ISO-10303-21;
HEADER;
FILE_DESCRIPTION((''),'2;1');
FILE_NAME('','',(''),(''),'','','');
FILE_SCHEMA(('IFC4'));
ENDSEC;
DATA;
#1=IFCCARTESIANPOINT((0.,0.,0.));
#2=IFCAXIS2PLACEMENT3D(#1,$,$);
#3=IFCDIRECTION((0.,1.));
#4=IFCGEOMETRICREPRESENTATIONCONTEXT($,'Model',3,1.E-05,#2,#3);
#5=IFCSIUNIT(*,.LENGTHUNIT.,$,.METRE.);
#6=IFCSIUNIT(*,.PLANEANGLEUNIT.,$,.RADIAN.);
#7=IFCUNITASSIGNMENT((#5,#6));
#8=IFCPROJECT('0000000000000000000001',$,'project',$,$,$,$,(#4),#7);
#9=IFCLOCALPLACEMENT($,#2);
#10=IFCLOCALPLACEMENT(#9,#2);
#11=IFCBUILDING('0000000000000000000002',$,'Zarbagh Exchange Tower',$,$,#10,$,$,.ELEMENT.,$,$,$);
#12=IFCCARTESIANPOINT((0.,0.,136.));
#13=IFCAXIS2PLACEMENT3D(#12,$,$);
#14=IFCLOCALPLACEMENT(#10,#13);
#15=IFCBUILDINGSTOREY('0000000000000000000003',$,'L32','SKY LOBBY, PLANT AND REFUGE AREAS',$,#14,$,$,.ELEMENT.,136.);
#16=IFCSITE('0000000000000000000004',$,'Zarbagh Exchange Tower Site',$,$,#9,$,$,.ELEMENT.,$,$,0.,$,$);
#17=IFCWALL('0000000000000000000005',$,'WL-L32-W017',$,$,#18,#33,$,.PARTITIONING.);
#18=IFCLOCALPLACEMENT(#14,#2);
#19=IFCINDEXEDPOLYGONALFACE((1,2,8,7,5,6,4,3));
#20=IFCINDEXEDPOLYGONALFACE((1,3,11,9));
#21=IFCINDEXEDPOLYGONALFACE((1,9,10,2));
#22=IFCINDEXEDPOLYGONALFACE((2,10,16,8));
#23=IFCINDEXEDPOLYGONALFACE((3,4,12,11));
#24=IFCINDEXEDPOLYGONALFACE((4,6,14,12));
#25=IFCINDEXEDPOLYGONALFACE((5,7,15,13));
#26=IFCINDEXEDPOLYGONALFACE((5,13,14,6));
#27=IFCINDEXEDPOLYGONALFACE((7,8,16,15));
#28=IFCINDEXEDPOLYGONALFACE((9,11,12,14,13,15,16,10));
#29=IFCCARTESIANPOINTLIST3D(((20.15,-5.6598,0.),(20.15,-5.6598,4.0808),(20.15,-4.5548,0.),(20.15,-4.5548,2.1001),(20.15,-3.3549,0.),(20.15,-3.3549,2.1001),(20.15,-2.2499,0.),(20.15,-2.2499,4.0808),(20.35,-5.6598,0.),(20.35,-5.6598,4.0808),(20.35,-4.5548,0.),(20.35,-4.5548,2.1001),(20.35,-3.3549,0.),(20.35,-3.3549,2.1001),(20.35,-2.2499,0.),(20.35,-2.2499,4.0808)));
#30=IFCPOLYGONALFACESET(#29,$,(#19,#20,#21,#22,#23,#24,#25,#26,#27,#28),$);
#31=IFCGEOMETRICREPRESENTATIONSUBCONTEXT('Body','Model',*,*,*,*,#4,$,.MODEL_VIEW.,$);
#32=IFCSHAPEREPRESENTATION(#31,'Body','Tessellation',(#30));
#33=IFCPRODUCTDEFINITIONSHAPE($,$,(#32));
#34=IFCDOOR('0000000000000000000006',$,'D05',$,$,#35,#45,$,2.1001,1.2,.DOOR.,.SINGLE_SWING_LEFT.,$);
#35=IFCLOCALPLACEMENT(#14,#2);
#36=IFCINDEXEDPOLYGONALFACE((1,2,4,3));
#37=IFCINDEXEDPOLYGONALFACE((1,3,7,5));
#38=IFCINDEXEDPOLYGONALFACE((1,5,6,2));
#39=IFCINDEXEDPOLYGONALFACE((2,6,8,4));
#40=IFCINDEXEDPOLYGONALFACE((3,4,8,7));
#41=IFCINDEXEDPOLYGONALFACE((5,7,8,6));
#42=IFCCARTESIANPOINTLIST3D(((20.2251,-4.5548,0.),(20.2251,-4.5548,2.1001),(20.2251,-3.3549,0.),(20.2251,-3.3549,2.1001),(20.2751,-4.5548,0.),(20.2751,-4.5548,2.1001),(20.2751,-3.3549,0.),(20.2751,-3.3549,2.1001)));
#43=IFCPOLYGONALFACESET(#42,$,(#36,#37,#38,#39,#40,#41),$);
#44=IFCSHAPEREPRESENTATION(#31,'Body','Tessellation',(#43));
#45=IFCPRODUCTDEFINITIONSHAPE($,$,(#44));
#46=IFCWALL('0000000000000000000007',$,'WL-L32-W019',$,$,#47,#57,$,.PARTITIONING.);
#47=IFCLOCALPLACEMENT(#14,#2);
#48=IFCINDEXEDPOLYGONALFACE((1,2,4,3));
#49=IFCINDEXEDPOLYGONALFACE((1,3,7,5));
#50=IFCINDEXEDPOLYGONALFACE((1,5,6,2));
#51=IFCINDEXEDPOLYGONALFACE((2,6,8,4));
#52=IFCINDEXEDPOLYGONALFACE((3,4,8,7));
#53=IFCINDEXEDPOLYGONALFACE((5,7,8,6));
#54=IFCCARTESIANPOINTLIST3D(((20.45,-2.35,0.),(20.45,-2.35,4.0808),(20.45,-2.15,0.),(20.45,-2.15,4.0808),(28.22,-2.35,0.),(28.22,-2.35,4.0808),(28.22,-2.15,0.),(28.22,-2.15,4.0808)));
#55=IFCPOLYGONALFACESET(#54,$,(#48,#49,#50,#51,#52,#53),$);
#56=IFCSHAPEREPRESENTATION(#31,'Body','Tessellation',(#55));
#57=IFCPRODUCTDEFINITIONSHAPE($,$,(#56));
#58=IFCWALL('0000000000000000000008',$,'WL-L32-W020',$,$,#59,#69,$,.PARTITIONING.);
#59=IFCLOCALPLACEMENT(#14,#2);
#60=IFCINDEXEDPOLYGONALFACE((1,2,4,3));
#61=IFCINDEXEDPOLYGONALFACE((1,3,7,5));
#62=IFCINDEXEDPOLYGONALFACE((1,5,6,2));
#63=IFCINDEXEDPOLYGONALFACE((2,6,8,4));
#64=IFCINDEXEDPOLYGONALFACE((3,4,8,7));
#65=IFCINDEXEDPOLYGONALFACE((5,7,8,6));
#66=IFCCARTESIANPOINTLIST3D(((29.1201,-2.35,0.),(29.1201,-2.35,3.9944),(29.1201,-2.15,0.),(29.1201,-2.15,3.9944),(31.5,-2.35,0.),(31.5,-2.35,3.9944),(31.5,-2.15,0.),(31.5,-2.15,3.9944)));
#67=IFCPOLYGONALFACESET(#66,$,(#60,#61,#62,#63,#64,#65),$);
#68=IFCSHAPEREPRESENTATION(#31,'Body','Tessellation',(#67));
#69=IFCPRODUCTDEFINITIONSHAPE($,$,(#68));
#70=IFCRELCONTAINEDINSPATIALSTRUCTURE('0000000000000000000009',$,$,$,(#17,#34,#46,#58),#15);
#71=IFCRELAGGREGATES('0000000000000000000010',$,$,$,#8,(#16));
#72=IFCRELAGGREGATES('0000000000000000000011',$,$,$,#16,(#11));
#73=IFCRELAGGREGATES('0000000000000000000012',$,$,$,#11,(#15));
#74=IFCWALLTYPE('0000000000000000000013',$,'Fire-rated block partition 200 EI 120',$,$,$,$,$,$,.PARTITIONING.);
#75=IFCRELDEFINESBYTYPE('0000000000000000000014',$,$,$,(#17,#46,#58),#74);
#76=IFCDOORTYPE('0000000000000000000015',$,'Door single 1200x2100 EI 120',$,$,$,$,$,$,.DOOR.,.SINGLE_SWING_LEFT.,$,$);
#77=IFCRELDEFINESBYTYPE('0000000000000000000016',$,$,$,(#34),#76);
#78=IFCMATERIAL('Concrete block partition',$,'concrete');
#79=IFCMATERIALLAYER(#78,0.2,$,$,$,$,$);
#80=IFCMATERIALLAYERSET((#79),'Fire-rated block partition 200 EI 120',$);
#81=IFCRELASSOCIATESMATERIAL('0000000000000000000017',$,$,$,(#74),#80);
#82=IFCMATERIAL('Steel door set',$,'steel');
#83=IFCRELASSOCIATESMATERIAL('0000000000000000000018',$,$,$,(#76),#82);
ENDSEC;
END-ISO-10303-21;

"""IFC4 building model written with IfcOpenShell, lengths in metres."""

from ifc_helpers import new_model, si_unit, direction, frame, frame_2d, origin, place, context, subcontext, project, spatial, rectangle, extrude, material, layer, layer_set, type_object, element, fill, save


model = new_model("IFC4")

# Units and contexts
model_context = context("Model", 3, precision=1e-05, world=origin(), true_north=direction((0.0, 1.0)))
body_context = subcontext(model_context, "Body", "Model", "MODEL_VIEW")
ifc_project = project(units=[si_unit("LENGTHUNIT", "METRE"), si_unit("PLANEANGLEUNIT", "RADIAN")], contexts=[model_context])

# Site, building, storey
site_placement = place(None, origin())
site = spatial("IfcSite", under=ifc_project, at=site_placement, Name="Zarbagh Exchange Tower Site", CompositionType="ELEMENT", RefElevation=0.0)
building_placement = place(site_placement, origin())
building = spatial("IfcBuilding", under=site, at=building_placement, Name="Zarbagh Exchange Tower", CompositionType="ELEMENT")
storey_placement = place(building_placement, frame((0.0, 0.0, 136.0)))
storey = spatial("IfcBuildingStorey", under=building, at=storey_placement, Name="L32", Description="SKY LOBBY, PLANT AND REFUGE AREAS", CompositionType="ELEMENT", Elevation=136.0)

# Wall, opening, door
ifc_material_1 = material(Name="Concrete block partition", Category="concrete")
ifc_layer = layer(ifc_material_1, 0.2)
ifc_layer_set = layer_set([ifc_layer], Name="Fire-rated block partition 200 EI 120")
wall_type = type_object("IfcWallType", Name="Fire-rated block partition 200 EI 120", PredefinedType="PARTITIONING", material=ifc_layer_set)
wall_1_placement = place(storey_placement, frame((20.25, -5.6599, 0.0), z_axis=(0.0, 0.0, 1.0), x_axis=(0.0, 1.0, 0.0)))
wall_1 = element("IfcWall", 1, at=wall_1_placement, inside=storey, type_object=wall_type, Name="WL-L32-W017", PredefinedType="PARTITIONING", context=body_context, shape_type="SweptSolid", body=[
    extrude(rectangle(XDim=3.4099, YDim=0.2, at=frame_2d((1.7051, 0.0))), origin(), (0.0, 0.0, 1.0), 4.0808),
])
opening_placement = place(wall_1_placement, frame((1.105, 0.0, 0.0)))
opening = element("IfcOpeningElement", 2, at=opening_placement, cuts=wall_1, PredefinedType="OPENING", context=body_context, shape_type="SweptSolid", body=[
    extrude(rectangle(XDim=1.2, YDim=2.1001, at=frame_2d((0.6001, 1.05))), frame((0.0, 0.1099, 0.0), z_axis=(0.0, -1.0, 0.0), x_axis=(1.0, 0.0, 0.0)), (0.0, 0.0, 1.0), 0.22),
])
ifc_material_2 = material(Name="Steel door set", Category="steel")
door_type = type_object("IfcDoorType", Name="Door single 1200x2100 EI 120", OperationType="SINGLE_SWING_LEFT", PredefinedType="DOOR", material=ifc_material_2)
door_placement = place(opening_placement, origin())
door = element("IfcDoor", 3, at=door_placement, inside=storey, type_object=door_type, Name="D05", OperationType="SINGLE_SWING_LEFT", OverallHeight=2.1001, OverallWidth=1.2, PredefinedType="DOOR", context=body_context, shape_type="SweptSolid", body=[
    extrude(rectangle(XDim=1.2, YDim=2.1001, at=frame_2d((0.6001, 1.05))), frame((0.0, 0.0249, 0.0), z_axis=(0.0, -1.0, 0.0), x_axis=(1.0, 0.0, 0.0)), (0.0, 0.0, 1.0), 0.05),
])
fill(opening, door)

# Walls
wall_2_placement = place(storey_placement, frame((20.45, -2.25, 0.0), z_axis=(0.0, 0.0, 1.0), x_axis=(1.0, 0.0, 0.0)))
element("IfcWall", 4, at=wall_2_placement, inside=storey, type_object=wall_type, Name="WL-L32-W019", PredefinedType="PARTITIONING", context=body_context, shape_type="SweptSolid", body=[
    extrude(rectangle(XDim=7.77, YDim=0.2, at=frame_2d((3.885, 0.0))), origin(), (0.0, 0.0, 1.0), 4.0808),
])
wall_3_placement = place(storey_placement, frame((29.1201, -2.25, 0.0), z_axis=(0.0, 0.0, 1.0), x_axis=(1.0, 0.0, 0.0)))
element("IfcWall", 5, at=wall_3_placement, inside=storey, type_object=wall_type, Name="WL-L32-W020", PredefinedType="PARTITIONING", context=body_context, shape_type="SweptSolid", body=[
    extrude(rectangle(XDim=2.3799, YDim=0.2, at=frame_2d((1.1899, 0.0))), origin(), (0.0, 0.0, 1.0), 3.9944),
])

save(model, "model.ifc")
